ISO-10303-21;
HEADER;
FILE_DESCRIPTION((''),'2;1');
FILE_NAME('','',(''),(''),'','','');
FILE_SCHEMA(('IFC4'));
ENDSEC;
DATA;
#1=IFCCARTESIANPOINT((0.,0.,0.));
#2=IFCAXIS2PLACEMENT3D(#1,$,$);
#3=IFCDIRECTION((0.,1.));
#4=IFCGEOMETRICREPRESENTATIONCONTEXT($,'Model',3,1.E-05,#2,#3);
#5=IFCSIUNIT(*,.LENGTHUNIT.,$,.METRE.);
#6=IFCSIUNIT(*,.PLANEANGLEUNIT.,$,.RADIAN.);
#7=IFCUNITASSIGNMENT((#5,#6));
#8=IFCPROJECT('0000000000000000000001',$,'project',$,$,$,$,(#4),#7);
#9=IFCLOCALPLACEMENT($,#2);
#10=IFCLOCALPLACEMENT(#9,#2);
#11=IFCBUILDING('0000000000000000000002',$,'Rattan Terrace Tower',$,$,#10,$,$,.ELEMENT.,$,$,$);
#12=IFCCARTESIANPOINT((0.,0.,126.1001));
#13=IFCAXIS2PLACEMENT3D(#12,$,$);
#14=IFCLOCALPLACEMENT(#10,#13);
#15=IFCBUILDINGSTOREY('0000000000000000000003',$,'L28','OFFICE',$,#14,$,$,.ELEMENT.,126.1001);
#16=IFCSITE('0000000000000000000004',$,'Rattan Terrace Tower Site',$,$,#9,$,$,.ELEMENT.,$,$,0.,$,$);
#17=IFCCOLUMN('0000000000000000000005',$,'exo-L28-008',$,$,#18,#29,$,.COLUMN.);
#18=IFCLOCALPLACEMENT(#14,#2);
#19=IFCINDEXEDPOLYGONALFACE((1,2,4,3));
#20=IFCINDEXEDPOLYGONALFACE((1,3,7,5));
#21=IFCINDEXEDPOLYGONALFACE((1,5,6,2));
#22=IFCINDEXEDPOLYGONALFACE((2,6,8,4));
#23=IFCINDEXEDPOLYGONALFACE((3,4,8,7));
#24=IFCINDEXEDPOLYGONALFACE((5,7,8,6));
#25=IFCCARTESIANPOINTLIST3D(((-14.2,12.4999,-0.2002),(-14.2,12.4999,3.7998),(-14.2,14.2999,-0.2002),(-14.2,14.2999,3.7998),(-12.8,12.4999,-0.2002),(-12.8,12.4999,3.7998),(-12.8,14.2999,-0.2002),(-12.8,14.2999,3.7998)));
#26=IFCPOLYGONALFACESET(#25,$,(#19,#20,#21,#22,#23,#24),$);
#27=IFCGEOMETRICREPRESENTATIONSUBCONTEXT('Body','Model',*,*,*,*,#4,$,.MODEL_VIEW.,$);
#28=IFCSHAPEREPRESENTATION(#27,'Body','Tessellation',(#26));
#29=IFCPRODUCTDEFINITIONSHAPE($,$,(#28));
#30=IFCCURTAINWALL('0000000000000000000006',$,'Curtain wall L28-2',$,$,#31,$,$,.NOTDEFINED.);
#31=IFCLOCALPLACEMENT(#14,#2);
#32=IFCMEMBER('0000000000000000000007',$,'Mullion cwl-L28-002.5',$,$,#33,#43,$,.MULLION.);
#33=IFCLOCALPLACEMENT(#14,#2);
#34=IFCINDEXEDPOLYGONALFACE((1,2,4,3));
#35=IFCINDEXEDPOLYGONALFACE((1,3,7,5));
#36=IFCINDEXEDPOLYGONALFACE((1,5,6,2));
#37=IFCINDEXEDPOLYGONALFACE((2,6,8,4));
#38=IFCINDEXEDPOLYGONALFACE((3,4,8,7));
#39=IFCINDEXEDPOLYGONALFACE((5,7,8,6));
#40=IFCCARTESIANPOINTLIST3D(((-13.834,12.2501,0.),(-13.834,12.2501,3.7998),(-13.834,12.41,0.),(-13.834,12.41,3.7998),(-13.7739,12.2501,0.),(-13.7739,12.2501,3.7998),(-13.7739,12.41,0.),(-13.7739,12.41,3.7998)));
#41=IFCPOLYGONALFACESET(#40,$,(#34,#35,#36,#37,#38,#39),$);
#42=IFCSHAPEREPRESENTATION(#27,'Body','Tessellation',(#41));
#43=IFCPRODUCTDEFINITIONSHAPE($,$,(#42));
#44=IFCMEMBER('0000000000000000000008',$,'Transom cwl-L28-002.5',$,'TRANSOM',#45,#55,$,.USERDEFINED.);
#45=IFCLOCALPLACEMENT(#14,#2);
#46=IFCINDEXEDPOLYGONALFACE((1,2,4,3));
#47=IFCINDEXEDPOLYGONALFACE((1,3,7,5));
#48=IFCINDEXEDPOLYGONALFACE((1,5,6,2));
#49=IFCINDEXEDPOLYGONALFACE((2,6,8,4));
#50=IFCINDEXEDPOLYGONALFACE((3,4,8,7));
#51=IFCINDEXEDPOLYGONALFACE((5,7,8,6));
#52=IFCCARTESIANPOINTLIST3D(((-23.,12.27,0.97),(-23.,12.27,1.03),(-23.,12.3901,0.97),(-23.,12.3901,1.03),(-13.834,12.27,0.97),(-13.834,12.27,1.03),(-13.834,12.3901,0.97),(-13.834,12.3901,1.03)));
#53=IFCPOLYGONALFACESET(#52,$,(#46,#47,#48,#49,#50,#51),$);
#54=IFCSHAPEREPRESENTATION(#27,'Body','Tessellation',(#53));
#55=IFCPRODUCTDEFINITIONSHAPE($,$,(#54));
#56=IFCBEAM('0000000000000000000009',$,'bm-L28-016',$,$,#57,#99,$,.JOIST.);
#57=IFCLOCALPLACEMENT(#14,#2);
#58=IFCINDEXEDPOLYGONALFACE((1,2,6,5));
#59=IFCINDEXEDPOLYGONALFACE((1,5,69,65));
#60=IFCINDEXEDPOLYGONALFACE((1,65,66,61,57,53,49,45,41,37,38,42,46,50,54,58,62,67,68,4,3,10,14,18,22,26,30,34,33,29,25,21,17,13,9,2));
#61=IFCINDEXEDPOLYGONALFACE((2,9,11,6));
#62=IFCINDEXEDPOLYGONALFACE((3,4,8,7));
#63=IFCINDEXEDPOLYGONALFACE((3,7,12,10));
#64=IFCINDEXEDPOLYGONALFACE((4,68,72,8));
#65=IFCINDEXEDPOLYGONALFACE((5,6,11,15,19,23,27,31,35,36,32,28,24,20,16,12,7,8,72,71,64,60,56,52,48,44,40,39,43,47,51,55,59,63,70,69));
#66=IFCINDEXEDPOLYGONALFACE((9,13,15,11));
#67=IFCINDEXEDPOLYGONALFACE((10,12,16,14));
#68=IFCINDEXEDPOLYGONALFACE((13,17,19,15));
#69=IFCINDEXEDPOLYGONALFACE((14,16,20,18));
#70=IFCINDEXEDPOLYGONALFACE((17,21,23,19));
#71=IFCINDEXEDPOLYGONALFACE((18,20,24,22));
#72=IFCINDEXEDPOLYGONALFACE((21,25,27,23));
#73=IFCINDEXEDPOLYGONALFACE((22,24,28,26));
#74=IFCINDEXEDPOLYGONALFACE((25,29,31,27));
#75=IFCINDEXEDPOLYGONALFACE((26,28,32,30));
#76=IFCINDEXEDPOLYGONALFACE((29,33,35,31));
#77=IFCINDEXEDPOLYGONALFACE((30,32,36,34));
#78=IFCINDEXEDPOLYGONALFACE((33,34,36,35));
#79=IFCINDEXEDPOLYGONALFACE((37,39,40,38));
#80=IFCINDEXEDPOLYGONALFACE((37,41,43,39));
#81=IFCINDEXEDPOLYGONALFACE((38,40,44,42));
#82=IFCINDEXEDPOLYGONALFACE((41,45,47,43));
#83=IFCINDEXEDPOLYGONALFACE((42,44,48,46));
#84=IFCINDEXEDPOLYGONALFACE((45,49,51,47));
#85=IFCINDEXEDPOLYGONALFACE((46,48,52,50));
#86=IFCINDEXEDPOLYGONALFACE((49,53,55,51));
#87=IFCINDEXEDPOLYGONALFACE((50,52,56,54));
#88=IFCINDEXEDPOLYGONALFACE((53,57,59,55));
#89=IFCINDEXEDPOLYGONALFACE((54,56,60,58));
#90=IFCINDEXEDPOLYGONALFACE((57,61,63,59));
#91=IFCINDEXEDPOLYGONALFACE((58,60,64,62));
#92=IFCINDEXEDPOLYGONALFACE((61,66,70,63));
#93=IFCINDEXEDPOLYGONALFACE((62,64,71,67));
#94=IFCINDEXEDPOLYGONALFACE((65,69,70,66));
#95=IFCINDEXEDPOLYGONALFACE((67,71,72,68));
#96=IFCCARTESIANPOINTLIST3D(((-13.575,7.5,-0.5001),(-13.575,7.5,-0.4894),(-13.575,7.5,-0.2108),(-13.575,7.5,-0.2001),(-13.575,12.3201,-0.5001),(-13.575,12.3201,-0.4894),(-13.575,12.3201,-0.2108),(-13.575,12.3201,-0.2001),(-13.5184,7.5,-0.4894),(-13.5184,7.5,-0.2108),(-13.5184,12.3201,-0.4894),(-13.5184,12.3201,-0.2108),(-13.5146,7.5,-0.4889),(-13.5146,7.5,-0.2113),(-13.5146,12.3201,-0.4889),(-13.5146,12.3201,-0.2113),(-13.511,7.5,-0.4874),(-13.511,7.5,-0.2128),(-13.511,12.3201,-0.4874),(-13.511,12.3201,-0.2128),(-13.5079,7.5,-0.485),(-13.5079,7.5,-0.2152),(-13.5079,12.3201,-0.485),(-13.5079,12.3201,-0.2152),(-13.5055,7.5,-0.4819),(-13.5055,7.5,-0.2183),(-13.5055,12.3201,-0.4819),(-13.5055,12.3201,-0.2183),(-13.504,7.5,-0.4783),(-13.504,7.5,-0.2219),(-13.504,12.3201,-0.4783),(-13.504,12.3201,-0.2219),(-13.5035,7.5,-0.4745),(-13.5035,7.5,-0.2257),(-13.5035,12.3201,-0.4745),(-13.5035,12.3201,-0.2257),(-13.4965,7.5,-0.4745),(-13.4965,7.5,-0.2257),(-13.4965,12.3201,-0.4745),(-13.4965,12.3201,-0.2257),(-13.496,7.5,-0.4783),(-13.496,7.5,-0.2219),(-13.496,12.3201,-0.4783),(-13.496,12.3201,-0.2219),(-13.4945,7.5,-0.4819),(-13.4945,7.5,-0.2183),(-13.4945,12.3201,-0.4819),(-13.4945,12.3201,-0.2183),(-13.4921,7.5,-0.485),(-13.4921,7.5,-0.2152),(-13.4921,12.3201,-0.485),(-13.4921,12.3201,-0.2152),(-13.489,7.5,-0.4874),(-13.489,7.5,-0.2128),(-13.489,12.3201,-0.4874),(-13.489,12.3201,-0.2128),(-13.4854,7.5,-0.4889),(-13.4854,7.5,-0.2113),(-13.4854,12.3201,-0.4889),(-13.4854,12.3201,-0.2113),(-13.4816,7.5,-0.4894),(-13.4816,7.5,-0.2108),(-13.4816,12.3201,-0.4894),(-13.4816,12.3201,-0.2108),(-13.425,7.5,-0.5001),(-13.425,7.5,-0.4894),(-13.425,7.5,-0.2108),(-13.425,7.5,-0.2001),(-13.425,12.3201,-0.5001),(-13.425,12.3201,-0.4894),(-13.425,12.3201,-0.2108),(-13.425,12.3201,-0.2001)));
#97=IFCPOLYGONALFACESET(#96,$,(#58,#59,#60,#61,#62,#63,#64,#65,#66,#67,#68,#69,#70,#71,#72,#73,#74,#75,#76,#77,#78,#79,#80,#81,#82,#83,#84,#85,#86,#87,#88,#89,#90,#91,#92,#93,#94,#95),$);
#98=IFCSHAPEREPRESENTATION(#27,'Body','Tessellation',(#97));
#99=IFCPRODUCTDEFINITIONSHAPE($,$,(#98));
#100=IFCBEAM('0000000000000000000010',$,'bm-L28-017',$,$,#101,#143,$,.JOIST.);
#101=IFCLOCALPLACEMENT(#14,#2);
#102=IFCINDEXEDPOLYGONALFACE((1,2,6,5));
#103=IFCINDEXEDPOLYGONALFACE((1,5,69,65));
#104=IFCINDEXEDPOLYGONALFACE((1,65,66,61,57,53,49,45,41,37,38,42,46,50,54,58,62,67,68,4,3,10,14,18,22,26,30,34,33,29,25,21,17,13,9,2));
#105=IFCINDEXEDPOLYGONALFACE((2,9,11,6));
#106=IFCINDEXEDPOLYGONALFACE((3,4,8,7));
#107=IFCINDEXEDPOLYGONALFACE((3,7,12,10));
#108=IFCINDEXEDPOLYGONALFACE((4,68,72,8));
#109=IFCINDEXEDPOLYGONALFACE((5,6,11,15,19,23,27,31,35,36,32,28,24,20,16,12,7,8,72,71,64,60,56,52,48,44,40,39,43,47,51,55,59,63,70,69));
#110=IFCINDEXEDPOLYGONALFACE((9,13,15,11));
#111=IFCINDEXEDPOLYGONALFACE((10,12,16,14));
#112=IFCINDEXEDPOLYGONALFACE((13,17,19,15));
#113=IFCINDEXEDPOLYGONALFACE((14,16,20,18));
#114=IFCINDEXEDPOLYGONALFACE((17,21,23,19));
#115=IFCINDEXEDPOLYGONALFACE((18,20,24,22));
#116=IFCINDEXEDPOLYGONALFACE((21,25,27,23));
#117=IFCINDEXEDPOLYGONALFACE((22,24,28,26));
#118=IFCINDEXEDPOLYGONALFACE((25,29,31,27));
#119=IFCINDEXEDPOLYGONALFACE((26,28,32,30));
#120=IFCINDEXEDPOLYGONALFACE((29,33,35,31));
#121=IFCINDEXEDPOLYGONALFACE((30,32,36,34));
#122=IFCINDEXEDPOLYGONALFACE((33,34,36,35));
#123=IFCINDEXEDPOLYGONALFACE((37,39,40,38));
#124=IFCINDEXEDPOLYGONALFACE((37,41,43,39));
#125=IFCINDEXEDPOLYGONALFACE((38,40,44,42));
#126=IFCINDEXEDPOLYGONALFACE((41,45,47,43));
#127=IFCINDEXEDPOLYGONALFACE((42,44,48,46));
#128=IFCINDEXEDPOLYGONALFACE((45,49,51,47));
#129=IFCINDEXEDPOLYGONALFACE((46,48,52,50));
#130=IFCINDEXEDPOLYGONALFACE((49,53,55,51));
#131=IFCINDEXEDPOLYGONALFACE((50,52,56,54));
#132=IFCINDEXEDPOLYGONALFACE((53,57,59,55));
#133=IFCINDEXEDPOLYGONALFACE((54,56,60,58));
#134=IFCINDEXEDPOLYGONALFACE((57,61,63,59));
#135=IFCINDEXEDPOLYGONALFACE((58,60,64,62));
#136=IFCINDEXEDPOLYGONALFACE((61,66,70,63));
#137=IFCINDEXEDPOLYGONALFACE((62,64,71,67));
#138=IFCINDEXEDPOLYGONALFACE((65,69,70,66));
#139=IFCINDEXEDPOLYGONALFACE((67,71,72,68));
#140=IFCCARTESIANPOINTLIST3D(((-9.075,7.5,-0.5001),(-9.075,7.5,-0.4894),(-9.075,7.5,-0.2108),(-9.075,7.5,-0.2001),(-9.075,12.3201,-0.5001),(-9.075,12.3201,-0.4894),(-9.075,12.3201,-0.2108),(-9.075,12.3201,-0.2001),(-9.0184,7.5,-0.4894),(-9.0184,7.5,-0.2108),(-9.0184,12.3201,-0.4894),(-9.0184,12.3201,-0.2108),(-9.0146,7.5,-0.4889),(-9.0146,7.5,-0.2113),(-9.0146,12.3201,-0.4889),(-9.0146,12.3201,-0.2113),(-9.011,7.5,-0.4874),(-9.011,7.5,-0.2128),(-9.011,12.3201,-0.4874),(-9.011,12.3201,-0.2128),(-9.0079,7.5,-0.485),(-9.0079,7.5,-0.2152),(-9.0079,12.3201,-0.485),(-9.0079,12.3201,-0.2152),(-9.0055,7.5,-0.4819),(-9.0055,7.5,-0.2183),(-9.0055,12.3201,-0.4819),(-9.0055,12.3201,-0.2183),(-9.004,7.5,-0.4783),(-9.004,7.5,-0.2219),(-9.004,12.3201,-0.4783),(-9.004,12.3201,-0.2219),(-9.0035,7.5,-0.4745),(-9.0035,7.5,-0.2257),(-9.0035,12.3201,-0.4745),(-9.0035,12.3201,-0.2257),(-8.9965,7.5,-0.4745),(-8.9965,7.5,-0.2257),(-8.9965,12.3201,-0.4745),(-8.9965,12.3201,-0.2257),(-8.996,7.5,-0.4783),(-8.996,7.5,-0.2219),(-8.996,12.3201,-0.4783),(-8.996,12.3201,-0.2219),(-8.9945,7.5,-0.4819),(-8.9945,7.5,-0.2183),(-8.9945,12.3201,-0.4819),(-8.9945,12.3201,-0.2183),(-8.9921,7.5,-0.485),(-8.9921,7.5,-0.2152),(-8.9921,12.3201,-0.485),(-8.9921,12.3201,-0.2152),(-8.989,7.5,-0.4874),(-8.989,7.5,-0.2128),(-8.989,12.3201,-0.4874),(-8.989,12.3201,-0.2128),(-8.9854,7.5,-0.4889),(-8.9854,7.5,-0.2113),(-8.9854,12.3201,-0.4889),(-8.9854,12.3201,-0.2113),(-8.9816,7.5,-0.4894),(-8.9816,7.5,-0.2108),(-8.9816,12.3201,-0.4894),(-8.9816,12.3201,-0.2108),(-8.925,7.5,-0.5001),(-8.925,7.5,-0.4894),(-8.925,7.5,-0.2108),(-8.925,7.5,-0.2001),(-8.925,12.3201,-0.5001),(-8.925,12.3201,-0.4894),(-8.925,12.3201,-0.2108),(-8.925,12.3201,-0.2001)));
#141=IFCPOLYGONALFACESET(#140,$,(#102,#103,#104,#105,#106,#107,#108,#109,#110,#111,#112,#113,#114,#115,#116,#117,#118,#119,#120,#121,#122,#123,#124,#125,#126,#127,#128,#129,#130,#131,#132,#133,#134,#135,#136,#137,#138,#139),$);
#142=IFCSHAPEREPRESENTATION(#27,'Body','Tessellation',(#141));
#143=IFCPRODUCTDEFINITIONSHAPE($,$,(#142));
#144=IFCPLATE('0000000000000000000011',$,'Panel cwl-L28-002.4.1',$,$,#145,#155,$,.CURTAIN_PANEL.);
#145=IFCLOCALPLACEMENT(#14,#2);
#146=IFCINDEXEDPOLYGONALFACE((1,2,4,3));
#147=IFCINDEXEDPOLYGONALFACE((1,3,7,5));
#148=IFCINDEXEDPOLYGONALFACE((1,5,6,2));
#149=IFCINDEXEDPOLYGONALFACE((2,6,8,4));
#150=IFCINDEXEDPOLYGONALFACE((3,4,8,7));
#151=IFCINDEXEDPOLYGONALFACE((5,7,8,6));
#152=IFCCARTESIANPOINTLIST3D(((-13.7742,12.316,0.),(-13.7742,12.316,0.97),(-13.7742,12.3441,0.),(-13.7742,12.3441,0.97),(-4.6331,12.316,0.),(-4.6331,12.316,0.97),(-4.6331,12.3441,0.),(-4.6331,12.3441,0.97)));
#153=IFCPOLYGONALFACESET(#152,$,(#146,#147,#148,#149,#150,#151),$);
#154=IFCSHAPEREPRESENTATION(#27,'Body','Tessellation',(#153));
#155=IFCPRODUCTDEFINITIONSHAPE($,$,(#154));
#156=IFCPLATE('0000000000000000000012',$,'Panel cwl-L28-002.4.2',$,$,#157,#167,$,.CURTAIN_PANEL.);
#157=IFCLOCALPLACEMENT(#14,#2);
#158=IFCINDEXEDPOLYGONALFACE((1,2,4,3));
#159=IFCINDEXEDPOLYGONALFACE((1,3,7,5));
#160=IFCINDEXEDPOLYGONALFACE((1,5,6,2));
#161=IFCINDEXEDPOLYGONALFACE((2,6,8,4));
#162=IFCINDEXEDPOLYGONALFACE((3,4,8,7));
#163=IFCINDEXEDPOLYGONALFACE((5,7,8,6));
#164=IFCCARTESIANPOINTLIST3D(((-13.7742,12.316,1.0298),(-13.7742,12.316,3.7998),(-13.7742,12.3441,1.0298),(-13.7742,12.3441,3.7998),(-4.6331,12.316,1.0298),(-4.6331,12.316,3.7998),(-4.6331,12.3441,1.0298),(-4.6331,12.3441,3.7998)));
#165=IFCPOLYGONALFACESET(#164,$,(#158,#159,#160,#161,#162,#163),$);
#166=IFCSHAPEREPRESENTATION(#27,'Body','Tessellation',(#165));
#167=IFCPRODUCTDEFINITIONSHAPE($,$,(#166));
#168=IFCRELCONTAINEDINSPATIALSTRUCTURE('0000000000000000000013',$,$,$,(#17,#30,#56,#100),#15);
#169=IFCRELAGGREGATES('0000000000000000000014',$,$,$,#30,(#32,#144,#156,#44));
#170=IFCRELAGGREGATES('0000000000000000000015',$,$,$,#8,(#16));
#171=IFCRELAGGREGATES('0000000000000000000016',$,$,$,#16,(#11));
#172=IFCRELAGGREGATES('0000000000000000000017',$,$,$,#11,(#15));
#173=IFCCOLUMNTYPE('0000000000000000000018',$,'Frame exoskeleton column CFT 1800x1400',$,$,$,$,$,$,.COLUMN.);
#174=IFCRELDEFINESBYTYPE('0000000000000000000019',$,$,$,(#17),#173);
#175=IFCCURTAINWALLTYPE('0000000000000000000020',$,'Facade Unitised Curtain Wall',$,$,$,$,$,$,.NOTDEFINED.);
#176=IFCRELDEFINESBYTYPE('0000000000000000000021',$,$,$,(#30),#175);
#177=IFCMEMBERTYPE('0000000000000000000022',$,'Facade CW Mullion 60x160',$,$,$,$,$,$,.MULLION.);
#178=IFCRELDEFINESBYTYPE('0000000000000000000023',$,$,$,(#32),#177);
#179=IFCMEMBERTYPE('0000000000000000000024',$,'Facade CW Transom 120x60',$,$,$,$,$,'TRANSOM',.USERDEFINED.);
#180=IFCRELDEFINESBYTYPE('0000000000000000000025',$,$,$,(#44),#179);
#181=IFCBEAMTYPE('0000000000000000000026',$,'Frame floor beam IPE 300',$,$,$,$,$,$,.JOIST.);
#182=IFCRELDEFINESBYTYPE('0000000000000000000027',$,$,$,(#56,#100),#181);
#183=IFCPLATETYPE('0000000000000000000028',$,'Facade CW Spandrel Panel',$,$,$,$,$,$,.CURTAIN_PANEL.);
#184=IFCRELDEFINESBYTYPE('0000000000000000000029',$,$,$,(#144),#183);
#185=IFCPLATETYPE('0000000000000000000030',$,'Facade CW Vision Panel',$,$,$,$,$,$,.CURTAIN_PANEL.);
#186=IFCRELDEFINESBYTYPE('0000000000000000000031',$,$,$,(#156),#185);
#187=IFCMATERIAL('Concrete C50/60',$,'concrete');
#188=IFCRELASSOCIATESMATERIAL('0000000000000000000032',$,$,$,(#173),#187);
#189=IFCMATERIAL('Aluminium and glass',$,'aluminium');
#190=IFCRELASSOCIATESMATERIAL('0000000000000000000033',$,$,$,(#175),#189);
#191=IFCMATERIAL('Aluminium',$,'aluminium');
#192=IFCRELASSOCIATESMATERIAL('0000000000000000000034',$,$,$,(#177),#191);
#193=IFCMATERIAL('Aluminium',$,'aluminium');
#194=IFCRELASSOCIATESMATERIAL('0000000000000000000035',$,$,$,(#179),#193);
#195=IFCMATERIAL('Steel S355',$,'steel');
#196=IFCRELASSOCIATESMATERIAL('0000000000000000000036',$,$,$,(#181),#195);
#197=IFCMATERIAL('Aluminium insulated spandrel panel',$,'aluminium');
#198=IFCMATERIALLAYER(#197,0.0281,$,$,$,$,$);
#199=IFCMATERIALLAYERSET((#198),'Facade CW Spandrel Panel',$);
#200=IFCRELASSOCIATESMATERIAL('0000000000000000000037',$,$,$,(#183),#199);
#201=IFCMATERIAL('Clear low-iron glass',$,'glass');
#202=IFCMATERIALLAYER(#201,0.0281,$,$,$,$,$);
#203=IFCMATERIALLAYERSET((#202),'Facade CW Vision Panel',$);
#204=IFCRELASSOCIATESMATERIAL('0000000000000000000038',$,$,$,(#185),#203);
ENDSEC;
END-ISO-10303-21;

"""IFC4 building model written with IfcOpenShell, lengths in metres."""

from ifc_helpers import new_model, si_unit, direction, frame, origin, origin_2d, place, context, subcontext, project, spatial, rectangle, i_section, extrude, material, layer, layer_set, material_profile, profile_set, type_object, element, aggregate, save


model = new_model("IFC4")

# Units and contexts
model_context = context("Model", 3, precision=1e-05, world=origin(), true_north=direction((0.0, 1.0)))
body_context = subcontext(model_context, "Body", "Model", "MODEL_VIEW")
ifc_project = project(units=[si_unit("LENGTHUNIT", "METRE"), si_unit("PLANEANGLEUNIT", "RADIAN")], contexts=[model_context])

# Site, building, storey
site_placement = place(None, origin())
site = spatial("IfcSite", under=ifc_project, at=site_placement, Name="Rattan Terrace Tower Site", CompositionType="ELEMENT", RefElevation=0.0)
building_placement = place(site_placement, origin())
building = spatial("IfcBuilding", under=site, at=building_placement, Name="Rattan Terrace Tower", CompositionType="ELEMENT")
storey_placement = place(building_placement, frame((0.0, 0.0, 126.1001)))
storey = spatial("IfcBuildingStorey", under=building, at=storey_placement, Name="L28", Description="OFFICE", CompositionType="ELEMENT", Elevation=126.1001)

# Column
ifc_material_1 = material(Name="Concrete C50/60", Category="concrete")
ifc_material_profile_1 = material_profile(ifc_material_1, rectangle(XDim=1.3999, YDim=1.8, at=origin_2d()), Name="CFT 1800x1400")
ifc_profile_set_1 = profile_set([ifc_material_profile_1], Name="Concrete C50/60")
column_type = type_object("IfcColumnType", Name="Frame exoskeleton column CFT 1800x1400", PredefinedType="COLUMN", material=ifc_profile_set_1)
column_placement = place(storey_placement, frame((-13.5, 13.3999, -0.2002), z_axis=(0.0, 0.0, 1.0), x_axis=(1.0, 0.0, 0.0)))
element("IfcColumn", 1, at=column_placement, inside=storey, type_object=column_type, Name="exo-L28-008", PredefinedType="COLUMN", context=body_context, shape_type="SweptSolid", body=[
    extrude(rectangle(XDim=1.3999, YDim=1.8, at=origin_2d()), origin(), (0.0, 0.0, 1.0), 4.0),
])

# Curtain wall, members
ifc_material_2 = material(Name="Aluminium and glass", Category="aluminium")
curtain_wall_type = type_object("IfcCurtainWallType", Name="Facade Unitised Curtain Wall", PredefinedType="NOTDEFINED", material=ifc_material_2)
curtain_wall_placement = place(storey_placement, origin())
curtain_wall = element("IfcCurtainWall", 2, at=curtain_wall_placement, inside=storey, type_object=curtain_wall_type, Name="Curtain wall L28-2", PredefinedType="NOTDEFINED")
ifc_material_3 = material(Name="Aluminium", Category="aluminium")
ifc_material_profile_2 = material_profile(ifc_material_3, rectangle(XDim=0.0601, YDim=0.1599, at=origin_2d()), Name="Aluminium 60x160")
ifc_profile_set_2 = profile_set([ifc_material_profile_2], Name="Aluminium")
member_type_1 = type_object("IfcMemberType", Name="Facade CW Mullion 60x160", PredefinedType="MULLION", material=ifc_profile_set_2)
member_1_placement = place(storey_placement, frame((-13.804, 12.3301, 0.0), z_axis=(0.0, 0.0, 1.0), x_axis=(-1.0, 0.0, 0.0)))
member_1 = element("IfcMember", 3, at=member_1_placement, type_object=member_type_1, Name="Mullion cwl-L28-002.5", PredefinedType="MULLION", context=body_context, shape_type="SweptSolid", body=[
    extrude(rectangle(XDim=0.0601, YDim=0.1599, at=origin_2d()), origin(), (0.0, 0.0, 1.0), 3.7998),
])
ifc_material_4 = material(Name="Aluminium", Category="aluminium")
ifc_material_profile_3 = material_profile(ifc_material_4, rectangle(XDim=0.1201, YDim=0.0601, at=origin_2d()), Name="Aluminium 120x60")
ifc_profile_set_3 = profile_set([ifc_material_profile_3], Name="Aluminium")
member_type_2 = type_object("IfcMemberType", Name="Facade CW Transom 120x60", ElementType="TRANSOM", PredefinedType="USERDEFINED", material=ifc_profile_set_3)
member_2_placement = place(storey_placement, frame((-13.834, 12.3301, 1.0), z_axis=(-1.0, 0.0, 0.0), x_axis=(0.0, -1.0, 0.0)))
member_2 = element("IfcMember", 4, at=member_2_placement, type_object=member_type_2, Name="Transom cwl-L28-002.5", ObjectType="TRANSOM", PredefinedType="USERDEFINED", context=body_context, shape_type="SweptSolid", body=[
    extrude(rectangle(XDim=0.1201, YDim=0.0601, at=origin_2d()), origin(), (0.0, 0.0, 1.0), 9.166),
])

# Beams
ifc_material_5 = material(Name="Steel S355", Category="steel")
ifc_material_profile_4 = material_profile(ifc_material_5, i_section(OverallWidth=0.1499, OverallDepth=0.3, WebThickness=0.0071, FlangeThickness=0.0107, FilletRadius=0.0149, at=origin_2d()), Name="IPE 300")
ifc_profile_set_4 = profile_set([ifc_material_profile_4], Name="Steel S355")
beam_type = type_object("IfcBeamType", Name="Frame floor beam IPE 300", PredefinedType="JOIST", material=ifc_profile_set_4)
for number, where, z_axis, x_axis, name in (
    (5, (-13.5, 7.5, -0.3501), (0.0, 1.0, 0.0), (-1.0, 0.0, 0.0), "bm-L28-016"),
    (6, (-9.0, 7.5, -0.3501), (0.0, 1.0, 0.0), (-1.0, 0.0, 0.0), "bm-L28-017"),
):
    element("IfcBeam", number, at=place(storey_placement, frame(where, z_axis=z_axis, x_axis=x_axis)), inside=storey, type_object=beam_type, Name=name, PredefinedType="JOIST", context=body_context, shape_type="SweptSolid", body=[
        extrude(i_section(OverallWidth=0.1499, OverallDepth=0.3, WebThickness=0.0071, FlangeThickness=0.0107, FilletRadius=0.0149, at=origin_2d()), origin(), (0.0, 0.0, 1.0), 4.8201),
    ])

# Plates
ifc_material_6 = material(Name="Aluminium insulated spandrel panel", Category="aluminium")
ifc_layer_1 = layer(ifc_material_6, 0.0281)
ifc_layer_set_1 = layer_set([ifc_layer_1], Name="Facade CW Spandrel Panel")
plate_type_1 = type_object("IfcPlateType", Name="Facade CW Spandrel Panel", PredefinedType="CURTAIN_PANEL", material=ifc_layer_set_1)
plate_1_placement = place(storey_placement, frame((-9.2036, 12.3301, 0.0), z_axis=(0.0, 0.0, 1.0), x_axis=(-1.0, 0.0, 0.0)))
plate_1 = element("IfcPlate", 7, at=plate_1_placement, type_object=plate_type_1, Name="Panel cwl-L28-002.4.1", PredefinedType="CURTAIN_PANEL", context=body_context, shape_type="SweptSolid", body=[
    extrude(rectangle(XDim=9.1411, YDim=0.0281, at=origin_2d()), origin(), (0.0, 0.0, 1.0), 0.97),
])
ifc_material_7 = material(Name="Clear low-iron glass", Category="glass")
ifc_layer_2 = layer(ifc_material_7, 0.0281)
ifc_layer_set_2 = layer_set([ifc_layer_2], Name="Facade CW Vision Panel")
plate_type_2 = type_object("IfcPlateType", Name="Facade CW Vision Panel", PredefinedType="CURTAIN_PANEL", material=ifc_layer_set_2)
plate_2_placement = place(storey_placement, frame((-9.2036, 12.3301, 1.0298), z_axis=(0.0, 0.0, 1.0), x_axis=(-1.0, 0.0, 0.0)))
plate_2 = element("IfcPlate", 8, at=plate_2_placement, type_object=plate_type_2, Name="Panel cwl-L28-002.4.2", PredefinedType="CURTAIN_PANEL", context=body_context, shape_type="SweptSolid", body=[
    extrude(rectangle(XDim=9.1411, YDim=0.0281, at=origin_2d()), origin(), (0.0, 0.0, 1.0), 2.77),
])
aggregate(curtain_wall, [member_1, plate_1, plate_2, member_2])

save(model, "model.ifc")
